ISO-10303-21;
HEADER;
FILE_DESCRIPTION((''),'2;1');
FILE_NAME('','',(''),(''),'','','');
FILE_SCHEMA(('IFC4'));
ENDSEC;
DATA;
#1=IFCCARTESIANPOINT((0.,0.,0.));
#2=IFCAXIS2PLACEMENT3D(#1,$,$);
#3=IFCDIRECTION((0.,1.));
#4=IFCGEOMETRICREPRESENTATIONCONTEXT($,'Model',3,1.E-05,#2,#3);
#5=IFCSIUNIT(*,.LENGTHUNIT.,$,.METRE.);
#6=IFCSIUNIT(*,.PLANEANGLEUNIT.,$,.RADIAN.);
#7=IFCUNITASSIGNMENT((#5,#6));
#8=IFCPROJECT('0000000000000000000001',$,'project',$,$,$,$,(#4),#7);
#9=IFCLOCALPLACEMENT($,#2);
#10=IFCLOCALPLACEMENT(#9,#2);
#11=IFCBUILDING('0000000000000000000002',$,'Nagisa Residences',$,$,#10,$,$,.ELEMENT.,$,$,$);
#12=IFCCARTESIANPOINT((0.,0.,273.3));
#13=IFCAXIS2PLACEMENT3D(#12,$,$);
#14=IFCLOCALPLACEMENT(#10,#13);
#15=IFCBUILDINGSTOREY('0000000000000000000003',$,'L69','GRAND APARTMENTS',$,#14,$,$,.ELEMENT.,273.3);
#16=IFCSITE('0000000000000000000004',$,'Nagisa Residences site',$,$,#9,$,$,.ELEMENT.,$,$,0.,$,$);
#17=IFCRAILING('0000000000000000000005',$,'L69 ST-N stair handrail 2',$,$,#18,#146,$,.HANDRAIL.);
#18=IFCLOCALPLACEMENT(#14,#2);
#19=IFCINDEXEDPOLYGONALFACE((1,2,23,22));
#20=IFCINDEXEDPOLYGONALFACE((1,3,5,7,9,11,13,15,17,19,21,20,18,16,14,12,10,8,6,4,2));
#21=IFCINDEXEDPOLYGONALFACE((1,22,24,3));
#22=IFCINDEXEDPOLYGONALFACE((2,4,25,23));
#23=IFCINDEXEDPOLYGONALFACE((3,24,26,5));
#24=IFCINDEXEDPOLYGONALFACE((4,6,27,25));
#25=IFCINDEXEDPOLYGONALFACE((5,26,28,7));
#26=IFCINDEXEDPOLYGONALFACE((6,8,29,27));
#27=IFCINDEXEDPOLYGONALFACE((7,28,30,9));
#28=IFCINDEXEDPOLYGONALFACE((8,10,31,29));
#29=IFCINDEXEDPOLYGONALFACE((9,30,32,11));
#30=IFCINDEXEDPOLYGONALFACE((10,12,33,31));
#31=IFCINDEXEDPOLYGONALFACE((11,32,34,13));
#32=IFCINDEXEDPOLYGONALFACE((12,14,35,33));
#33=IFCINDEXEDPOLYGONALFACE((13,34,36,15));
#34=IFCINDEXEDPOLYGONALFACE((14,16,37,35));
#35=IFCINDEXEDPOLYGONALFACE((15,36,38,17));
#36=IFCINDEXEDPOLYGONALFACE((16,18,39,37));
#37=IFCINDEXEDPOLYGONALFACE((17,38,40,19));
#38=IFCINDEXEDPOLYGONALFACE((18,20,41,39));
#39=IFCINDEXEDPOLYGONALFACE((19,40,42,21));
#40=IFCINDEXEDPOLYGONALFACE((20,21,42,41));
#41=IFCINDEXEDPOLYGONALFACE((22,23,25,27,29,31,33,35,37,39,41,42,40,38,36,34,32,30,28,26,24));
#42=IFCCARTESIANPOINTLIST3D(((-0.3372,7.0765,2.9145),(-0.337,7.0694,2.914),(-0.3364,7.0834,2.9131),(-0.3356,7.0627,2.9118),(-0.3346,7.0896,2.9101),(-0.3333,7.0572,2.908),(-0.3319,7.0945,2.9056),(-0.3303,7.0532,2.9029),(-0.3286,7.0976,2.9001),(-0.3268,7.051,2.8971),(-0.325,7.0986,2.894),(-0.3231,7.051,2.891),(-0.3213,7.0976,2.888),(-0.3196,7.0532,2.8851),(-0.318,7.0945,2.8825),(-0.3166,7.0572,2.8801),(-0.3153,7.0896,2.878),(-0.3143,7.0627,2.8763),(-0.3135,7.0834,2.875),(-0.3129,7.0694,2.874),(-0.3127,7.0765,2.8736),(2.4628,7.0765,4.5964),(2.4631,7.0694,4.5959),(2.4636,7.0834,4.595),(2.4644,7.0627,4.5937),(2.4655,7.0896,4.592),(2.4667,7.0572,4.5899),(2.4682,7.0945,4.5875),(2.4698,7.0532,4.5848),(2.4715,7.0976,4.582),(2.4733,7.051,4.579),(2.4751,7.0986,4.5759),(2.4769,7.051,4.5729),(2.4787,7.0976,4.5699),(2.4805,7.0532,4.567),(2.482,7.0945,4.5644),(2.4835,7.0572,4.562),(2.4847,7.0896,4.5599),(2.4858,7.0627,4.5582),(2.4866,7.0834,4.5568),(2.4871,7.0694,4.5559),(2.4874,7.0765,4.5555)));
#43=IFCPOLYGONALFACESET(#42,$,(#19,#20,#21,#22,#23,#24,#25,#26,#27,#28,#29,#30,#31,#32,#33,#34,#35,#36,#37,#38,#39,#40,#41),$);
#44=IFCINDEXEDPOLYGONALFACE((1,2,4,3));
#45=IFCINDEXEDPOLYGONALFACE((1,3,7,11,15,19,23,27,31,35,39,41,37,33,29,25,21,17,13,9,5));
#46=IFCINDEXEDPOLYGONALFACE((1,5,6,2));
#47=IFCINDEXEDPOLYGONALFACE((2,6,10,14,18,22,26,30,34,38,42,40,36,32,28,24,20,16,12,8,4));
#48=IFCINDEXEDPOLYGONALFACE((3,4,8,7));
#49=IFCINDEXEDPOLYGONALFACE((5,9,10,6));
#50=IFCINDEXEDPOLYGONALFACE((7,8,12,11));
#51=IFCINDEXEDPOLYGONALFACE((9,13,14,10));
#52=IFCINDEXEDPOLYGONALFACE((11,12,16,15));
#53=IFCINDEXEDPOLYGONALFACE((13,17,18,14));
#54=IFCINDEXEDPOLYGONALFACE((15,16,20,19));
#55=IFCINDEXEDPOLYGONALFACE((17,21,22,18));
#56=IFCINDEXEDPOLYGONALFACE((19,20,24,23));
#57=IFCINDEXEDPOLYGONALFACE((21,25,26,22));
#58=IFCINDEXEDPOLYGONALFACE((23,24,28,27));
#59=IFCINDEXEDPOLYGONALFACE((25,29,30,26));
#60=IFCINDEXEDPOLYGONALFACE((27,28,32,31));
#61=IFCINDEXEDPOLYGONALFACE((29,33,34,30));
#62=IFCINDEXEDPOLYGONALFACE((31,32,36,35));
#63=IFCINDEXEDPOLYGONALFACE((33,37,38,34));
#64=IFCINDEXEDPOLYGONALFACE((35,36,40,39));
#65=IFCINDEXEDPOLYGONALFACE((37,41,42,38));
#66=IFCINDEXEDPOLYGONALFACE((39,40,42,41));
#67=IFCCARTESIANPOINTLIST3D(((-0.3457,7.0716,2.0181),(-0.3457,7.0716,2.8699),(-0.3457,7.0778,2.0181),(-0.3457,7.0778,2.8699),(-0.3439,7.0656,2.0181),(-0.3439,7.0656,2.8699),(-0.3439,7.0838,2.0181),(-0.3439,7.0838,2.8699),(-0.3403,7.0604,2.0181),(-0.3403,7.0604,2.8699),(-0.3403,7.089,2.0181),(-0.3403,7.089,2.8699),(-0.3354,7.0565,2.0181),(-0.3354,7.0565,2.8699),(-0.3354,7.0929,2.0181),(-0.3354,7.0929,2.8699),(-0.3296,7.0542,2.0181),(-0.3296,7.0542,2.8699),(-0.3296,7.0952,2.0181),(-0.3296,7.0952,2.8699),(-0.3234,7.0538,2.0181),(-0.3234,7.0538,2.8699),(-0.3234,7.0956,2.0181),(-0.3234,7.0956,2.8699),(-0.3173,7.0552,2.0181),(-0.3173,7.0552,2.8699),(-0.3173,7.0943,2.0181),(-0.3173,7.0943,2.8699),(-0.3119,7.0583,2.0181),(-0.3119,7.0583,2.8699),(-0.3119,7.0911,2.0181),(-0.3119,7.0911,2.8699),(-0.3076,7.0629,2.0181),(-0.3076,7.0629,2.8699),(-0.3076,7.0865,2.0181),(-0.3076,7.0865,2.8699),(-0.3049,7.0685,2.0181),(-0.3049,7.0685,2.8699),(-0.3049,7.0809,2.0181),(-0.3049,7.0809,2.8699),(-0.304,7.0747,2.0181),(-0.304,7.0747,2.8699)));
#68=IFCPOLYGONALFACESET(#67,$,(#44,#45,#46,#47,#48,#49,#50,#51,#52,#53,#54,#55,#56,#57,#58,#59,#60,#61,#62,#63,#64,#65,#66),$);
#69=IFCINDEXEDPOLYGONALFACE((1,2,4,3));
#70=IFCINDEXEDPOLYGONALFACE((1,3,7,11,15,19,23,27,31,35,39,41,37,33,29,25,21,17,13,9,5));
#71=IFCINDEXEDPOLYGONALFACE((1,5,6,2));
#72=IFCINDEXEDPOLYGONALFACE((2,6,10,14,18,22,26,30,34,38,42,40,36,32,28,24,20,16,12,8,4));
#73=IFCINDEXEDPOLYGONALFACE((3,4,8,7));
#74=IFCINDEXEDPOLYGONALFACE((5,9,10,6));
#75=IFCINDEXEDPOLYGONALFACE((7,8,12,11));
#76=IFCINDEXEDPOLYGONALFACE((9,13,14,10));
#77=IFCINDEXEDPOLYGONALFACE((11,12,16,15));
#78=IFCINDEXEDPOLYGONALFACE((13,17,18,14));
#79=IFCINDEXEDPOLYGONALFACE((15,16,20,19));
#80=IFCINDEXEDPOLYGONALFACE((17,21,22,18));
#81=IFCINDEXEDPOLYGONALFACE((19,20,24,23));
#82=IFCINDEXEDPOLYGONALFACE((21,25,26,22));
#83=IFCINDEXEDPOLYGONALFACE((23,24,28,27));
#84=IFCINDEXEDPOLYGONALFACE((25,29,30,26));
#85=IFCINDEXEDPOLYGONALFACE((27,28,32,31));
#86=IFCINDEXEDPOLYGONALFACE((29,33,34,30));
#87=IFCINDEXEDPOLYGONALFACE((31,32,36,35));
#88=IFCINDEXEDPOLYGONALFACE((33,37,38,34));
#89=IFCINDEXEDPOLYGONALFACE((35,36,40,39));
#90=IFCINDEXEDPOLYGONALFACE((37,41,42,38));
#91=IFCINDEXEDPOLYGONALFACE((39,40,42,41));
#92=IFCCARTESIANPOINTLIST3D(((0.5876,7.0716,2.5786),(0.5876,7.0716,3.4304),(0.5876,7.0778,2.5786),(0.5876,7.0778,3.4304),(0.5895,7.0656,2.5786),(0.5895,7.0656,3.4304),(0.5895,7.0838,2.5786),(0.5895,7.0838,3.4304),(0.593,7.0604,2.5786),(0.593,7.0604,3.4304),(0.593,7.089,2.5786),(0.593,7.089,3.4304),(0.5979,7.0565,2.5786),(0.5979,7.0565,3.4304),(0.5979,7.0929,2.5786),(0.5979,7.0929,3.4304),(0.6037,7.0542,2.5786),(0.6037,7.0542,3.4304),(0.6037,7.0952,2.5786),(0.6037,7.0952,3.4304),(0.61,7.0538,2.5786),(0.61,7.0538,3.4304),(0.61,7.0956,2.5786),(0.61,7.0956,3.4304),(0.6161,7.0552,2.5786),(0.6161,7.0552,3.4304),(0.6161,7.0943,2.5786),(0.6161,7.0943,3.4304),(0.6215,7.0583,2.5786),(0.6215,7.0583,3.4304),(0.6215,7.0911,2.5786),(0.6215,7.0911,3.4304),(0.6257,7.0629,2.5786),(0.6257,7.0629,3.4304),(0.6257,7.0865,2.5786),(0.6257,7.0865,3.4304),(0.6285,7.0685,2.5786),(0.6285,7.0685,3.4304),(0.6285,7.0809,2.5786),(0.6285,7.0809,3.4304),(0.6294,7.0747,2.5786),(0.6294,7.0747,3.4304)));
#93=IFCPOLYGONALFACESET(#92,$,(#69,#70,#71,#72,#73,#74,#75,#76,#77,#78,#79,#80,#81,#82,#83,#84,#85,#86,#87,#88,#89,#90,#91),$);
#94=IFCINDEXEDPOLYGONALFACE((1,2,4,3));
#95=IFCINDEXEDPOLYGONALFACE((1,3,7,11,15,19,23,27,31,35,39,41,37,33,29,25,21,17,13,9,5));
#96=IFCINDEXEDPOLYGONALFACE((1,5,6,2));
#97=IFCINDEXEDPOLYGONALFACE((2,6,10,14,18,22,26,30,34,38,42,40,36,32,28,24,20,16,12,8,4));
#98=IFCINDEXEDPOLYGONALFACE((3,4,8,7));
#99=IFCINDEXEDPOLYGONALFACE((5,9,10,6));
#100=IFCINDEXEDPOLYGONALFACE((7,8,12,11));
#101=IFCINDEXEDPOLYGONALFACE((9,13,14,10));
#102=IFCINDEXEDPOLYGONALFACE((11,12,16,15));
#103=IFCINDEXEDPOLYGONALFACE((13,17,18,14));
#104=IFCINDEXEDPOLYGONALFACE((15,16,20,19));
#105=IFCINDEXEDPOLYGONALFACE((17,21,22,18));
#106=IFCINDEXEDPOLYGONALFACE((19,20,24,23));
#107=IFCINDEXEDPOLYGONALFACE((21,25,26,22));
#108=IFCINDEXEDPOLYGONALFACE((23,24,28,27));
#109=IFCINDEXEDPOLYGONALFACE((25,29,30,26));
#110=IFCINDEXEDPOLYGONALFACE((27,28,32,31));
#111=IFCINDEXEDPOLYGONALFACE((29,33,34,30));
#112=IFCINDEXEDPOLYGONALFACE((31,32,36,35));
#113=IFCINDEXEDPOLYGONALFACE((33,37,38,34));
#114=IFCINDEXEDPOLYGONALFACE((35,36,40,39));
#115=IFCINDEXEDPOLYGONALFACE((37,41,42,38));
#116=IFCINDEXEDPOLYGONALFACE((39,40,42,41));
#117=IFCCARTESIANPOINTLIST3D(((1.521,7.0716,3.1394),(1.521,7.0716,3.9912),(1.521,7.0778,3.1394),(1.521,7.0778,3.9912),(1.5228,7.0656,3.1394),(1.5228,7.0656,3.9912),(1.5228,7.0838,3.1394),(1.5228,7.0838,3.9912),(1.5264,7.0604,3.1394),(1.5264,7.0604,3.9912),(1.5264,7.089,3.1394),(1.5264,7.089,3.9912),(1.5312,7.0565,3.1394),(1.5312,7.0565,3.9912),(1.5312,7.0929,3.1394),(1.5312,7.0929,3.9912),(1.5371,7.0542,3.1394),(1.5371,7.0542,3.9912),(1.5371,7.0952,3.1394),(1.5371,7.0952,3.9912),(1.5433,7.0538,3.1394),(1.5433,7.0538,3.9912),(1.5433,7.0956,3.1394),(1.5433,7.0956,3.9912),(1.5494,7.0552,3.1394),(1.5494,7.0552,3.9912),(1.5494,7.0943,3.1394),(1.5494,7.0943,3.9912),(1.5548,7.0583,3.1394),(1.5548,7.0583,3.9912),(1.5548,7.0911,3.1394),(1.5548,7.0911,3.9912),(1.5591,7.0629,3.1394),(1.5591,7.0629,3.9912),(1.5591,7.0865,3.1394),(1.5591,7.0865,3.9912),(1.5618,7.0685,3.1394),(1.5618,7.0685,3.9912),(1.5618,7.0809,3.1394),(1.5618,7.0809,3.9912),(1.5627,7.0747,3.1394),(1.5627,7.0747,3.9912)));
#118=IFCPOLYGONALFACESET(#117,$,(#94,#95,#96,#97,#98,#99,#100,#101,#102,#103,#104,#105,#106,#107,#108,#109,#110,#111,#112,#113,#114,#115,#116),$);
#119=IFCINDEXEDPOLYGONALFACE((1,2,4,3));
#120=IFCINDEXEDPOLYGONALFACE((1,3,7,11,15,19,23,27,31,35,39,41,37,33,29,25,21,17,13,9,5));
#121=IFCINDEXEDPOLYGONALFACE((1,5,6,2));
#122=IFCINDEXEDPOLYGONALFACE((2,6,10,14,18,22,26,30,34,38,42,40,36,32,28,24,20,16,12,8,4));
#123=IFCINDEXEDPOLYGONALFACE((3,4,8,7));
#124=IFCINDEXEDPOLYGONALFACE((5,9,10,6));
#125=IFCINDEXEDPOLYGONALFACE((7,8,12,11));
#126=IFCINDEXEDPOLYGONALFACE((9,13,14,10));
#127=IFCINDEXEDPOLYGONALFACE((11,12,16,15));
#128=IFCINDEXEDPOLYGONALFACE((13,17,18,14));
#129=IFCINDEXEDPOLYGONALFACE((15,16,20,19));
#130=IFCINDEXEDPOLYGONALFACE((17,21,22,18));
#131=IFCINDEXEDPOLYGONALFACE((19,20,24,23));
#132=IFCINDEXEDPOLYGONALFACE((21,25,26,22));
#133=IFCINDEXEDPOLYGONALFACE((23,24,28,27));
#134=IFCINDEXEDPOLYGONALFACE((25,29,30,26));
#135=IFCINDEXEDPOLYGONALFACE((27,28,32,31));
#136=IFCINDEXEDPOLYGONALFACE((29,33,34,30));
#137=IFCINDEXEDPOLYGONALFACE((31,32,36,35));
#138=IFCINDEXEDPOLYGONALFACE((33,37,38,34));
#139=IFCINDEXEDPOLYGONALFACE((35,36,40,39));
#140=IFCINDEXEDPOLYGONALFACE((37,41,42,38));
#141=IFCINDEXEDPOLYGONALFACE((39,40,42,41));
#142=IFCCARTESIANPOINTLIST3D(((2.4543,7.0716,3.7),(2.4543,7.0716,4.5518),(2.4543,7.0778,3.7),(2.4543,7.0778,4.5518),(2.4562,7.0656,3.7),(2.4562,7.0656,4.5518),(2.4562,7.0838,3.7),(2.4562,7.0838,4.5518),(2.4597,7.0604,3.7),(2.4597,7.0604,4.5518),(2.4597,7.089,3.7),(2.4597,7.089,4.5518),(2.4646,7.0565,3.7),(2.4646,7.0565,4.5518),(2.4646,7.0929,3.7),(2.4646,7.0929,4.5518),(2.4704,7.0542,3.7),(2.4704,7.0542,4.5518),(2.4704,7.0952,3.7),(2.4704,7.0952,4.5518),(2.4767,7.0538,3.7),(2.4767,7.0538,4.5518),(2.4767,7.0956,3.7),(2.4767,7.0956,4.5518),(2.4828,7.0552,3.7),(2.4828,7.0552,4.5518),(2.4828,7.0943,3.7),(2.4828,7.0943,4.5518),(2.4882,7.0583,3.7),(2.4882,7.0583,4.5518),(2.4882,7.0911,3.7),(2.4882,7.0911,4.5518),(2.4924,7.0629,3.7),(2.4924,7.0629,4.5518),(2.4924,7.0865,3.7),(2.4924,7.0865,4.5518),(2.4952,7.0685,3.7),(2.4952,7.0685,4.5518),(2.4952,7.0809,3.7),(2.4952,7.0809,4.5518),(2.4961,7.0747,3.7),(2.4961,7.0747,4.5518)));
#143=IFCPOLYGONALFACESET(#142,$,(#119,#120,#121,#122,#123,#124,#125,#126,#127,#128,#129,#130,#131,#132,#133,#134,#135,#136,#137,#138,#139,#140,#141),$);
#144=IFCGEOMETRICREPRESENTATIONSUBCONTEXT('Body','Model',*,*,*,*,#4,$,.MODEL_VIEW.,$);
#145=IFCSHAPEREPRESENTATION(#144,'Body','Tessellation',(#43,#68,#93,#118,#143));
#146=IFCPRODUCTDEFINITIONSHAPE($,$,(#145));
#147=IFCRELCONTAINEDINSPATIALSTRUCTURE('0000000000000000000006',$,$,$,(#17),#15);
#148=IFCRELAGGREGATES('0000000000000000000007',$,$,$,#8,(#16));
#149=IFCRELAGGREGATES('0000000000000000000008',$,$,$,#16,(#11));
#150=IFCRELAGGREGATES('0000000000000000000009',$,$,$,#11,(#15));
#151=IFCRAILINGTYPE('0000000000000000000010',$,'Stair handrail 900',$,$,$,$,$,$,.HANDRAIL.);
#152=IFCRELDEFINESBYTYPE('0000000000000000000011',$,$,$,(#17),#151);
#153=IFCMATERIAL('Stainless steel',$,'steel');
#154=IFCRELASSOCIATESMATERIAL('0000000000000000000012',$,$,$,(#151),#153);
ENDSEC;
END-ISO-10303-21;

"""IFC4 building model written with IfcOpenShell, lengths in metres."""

from ifc_helpers import new_model, si_unit, direction, frame, origin, origin_2d, place, context, subcontext, project, spatial, circle, extrude, material, type_object, element, save


model = new_model("IFC4")

# Units and contexts
model_context = context("Model", 3, precision=1e-05, world=origin(), true_north=direction((0.0, 1.0)))
body_context = subcontext(model_context, "Body", "Model", "MODEL_VIEW")
ifc_project = project(units=[si_unit("LENGTHUNIT", "METRE"), si_unit("PLANEANGLEUNIT", "RADIAN")], contexts=[model_context])

# Site, building, storey
site_placement = place(None, origin())
site = spatial("IfcSite", under=ifc_project, at=site_placement, Name="Nagisa Residences site", CompositionType="ELEMENT", RefElevation=0.0)
building_placement = place(site_placement, origin())
building = spatial("IfcBuilding", under=site, at=building_placement, Name="Nagisa Residences", CompositionType="ELEMENT")
storey_placement = place(building_placement, frame((0.0, 0.0, 273.3)))
storey = spatial("IfcBuildingStorey", under=building, at=storey_placement, Name="L69", Description="GRAND APARTMENTS", CompositionType="ELEMENT", Elevation=273.3)

# Railing
ifc_material_1 = material(Name="Stainless steel", Category="steel")
railing_type = type_object("IfcRailingType", Name="Stair handrail 900", PredefinedType="HANDRAIL", material=ifc_material_1)
railing_placement = place(storey_placement, frame((-0.325, 7.0747, 2.0181)))
element("IfcRailing", 1, at=railing_placement, inside=storey, type_object=railing_type, Name="L69 ST-N stair handrail 2", PredefinedType="HANDRAIL", context=body_context, shape_type="SweptSolid", body=[
    extrude(circle(Radius=0.0239, at=origin_2d()), frame((0.0, 0.0, 0.876), z_axis=(0.857242, 0.0, 0.514913), x_axis=(0.0, 1.0, 0.0)), (0.0, 0.0, 1.0), 3.2664),
    extrude(circle(Radius=0.021, at=origin_2d()), origin(), (0.0, 0.0, 1.0), 0.8518),
    extrude(circle(Radius=0.021, at=origin_2d()), frame((0.9333, 0.0, 0.5605)), (0.0, 0.0, 1.0), 0.8518),
    extrude(circle(Radius=0.021, at=origin_2d()), frame((1.8667, 0.0, 1.1213)), (0.0, 0.0, 1.0), 0.8518),
    extrude(circle(Radius=0.021, at=origin_2d()), frame((2.8, 0.0, 1.6819)), (0.0, 0.0, 1.0), 0.8518),
])

save(model, "model.ifc")
